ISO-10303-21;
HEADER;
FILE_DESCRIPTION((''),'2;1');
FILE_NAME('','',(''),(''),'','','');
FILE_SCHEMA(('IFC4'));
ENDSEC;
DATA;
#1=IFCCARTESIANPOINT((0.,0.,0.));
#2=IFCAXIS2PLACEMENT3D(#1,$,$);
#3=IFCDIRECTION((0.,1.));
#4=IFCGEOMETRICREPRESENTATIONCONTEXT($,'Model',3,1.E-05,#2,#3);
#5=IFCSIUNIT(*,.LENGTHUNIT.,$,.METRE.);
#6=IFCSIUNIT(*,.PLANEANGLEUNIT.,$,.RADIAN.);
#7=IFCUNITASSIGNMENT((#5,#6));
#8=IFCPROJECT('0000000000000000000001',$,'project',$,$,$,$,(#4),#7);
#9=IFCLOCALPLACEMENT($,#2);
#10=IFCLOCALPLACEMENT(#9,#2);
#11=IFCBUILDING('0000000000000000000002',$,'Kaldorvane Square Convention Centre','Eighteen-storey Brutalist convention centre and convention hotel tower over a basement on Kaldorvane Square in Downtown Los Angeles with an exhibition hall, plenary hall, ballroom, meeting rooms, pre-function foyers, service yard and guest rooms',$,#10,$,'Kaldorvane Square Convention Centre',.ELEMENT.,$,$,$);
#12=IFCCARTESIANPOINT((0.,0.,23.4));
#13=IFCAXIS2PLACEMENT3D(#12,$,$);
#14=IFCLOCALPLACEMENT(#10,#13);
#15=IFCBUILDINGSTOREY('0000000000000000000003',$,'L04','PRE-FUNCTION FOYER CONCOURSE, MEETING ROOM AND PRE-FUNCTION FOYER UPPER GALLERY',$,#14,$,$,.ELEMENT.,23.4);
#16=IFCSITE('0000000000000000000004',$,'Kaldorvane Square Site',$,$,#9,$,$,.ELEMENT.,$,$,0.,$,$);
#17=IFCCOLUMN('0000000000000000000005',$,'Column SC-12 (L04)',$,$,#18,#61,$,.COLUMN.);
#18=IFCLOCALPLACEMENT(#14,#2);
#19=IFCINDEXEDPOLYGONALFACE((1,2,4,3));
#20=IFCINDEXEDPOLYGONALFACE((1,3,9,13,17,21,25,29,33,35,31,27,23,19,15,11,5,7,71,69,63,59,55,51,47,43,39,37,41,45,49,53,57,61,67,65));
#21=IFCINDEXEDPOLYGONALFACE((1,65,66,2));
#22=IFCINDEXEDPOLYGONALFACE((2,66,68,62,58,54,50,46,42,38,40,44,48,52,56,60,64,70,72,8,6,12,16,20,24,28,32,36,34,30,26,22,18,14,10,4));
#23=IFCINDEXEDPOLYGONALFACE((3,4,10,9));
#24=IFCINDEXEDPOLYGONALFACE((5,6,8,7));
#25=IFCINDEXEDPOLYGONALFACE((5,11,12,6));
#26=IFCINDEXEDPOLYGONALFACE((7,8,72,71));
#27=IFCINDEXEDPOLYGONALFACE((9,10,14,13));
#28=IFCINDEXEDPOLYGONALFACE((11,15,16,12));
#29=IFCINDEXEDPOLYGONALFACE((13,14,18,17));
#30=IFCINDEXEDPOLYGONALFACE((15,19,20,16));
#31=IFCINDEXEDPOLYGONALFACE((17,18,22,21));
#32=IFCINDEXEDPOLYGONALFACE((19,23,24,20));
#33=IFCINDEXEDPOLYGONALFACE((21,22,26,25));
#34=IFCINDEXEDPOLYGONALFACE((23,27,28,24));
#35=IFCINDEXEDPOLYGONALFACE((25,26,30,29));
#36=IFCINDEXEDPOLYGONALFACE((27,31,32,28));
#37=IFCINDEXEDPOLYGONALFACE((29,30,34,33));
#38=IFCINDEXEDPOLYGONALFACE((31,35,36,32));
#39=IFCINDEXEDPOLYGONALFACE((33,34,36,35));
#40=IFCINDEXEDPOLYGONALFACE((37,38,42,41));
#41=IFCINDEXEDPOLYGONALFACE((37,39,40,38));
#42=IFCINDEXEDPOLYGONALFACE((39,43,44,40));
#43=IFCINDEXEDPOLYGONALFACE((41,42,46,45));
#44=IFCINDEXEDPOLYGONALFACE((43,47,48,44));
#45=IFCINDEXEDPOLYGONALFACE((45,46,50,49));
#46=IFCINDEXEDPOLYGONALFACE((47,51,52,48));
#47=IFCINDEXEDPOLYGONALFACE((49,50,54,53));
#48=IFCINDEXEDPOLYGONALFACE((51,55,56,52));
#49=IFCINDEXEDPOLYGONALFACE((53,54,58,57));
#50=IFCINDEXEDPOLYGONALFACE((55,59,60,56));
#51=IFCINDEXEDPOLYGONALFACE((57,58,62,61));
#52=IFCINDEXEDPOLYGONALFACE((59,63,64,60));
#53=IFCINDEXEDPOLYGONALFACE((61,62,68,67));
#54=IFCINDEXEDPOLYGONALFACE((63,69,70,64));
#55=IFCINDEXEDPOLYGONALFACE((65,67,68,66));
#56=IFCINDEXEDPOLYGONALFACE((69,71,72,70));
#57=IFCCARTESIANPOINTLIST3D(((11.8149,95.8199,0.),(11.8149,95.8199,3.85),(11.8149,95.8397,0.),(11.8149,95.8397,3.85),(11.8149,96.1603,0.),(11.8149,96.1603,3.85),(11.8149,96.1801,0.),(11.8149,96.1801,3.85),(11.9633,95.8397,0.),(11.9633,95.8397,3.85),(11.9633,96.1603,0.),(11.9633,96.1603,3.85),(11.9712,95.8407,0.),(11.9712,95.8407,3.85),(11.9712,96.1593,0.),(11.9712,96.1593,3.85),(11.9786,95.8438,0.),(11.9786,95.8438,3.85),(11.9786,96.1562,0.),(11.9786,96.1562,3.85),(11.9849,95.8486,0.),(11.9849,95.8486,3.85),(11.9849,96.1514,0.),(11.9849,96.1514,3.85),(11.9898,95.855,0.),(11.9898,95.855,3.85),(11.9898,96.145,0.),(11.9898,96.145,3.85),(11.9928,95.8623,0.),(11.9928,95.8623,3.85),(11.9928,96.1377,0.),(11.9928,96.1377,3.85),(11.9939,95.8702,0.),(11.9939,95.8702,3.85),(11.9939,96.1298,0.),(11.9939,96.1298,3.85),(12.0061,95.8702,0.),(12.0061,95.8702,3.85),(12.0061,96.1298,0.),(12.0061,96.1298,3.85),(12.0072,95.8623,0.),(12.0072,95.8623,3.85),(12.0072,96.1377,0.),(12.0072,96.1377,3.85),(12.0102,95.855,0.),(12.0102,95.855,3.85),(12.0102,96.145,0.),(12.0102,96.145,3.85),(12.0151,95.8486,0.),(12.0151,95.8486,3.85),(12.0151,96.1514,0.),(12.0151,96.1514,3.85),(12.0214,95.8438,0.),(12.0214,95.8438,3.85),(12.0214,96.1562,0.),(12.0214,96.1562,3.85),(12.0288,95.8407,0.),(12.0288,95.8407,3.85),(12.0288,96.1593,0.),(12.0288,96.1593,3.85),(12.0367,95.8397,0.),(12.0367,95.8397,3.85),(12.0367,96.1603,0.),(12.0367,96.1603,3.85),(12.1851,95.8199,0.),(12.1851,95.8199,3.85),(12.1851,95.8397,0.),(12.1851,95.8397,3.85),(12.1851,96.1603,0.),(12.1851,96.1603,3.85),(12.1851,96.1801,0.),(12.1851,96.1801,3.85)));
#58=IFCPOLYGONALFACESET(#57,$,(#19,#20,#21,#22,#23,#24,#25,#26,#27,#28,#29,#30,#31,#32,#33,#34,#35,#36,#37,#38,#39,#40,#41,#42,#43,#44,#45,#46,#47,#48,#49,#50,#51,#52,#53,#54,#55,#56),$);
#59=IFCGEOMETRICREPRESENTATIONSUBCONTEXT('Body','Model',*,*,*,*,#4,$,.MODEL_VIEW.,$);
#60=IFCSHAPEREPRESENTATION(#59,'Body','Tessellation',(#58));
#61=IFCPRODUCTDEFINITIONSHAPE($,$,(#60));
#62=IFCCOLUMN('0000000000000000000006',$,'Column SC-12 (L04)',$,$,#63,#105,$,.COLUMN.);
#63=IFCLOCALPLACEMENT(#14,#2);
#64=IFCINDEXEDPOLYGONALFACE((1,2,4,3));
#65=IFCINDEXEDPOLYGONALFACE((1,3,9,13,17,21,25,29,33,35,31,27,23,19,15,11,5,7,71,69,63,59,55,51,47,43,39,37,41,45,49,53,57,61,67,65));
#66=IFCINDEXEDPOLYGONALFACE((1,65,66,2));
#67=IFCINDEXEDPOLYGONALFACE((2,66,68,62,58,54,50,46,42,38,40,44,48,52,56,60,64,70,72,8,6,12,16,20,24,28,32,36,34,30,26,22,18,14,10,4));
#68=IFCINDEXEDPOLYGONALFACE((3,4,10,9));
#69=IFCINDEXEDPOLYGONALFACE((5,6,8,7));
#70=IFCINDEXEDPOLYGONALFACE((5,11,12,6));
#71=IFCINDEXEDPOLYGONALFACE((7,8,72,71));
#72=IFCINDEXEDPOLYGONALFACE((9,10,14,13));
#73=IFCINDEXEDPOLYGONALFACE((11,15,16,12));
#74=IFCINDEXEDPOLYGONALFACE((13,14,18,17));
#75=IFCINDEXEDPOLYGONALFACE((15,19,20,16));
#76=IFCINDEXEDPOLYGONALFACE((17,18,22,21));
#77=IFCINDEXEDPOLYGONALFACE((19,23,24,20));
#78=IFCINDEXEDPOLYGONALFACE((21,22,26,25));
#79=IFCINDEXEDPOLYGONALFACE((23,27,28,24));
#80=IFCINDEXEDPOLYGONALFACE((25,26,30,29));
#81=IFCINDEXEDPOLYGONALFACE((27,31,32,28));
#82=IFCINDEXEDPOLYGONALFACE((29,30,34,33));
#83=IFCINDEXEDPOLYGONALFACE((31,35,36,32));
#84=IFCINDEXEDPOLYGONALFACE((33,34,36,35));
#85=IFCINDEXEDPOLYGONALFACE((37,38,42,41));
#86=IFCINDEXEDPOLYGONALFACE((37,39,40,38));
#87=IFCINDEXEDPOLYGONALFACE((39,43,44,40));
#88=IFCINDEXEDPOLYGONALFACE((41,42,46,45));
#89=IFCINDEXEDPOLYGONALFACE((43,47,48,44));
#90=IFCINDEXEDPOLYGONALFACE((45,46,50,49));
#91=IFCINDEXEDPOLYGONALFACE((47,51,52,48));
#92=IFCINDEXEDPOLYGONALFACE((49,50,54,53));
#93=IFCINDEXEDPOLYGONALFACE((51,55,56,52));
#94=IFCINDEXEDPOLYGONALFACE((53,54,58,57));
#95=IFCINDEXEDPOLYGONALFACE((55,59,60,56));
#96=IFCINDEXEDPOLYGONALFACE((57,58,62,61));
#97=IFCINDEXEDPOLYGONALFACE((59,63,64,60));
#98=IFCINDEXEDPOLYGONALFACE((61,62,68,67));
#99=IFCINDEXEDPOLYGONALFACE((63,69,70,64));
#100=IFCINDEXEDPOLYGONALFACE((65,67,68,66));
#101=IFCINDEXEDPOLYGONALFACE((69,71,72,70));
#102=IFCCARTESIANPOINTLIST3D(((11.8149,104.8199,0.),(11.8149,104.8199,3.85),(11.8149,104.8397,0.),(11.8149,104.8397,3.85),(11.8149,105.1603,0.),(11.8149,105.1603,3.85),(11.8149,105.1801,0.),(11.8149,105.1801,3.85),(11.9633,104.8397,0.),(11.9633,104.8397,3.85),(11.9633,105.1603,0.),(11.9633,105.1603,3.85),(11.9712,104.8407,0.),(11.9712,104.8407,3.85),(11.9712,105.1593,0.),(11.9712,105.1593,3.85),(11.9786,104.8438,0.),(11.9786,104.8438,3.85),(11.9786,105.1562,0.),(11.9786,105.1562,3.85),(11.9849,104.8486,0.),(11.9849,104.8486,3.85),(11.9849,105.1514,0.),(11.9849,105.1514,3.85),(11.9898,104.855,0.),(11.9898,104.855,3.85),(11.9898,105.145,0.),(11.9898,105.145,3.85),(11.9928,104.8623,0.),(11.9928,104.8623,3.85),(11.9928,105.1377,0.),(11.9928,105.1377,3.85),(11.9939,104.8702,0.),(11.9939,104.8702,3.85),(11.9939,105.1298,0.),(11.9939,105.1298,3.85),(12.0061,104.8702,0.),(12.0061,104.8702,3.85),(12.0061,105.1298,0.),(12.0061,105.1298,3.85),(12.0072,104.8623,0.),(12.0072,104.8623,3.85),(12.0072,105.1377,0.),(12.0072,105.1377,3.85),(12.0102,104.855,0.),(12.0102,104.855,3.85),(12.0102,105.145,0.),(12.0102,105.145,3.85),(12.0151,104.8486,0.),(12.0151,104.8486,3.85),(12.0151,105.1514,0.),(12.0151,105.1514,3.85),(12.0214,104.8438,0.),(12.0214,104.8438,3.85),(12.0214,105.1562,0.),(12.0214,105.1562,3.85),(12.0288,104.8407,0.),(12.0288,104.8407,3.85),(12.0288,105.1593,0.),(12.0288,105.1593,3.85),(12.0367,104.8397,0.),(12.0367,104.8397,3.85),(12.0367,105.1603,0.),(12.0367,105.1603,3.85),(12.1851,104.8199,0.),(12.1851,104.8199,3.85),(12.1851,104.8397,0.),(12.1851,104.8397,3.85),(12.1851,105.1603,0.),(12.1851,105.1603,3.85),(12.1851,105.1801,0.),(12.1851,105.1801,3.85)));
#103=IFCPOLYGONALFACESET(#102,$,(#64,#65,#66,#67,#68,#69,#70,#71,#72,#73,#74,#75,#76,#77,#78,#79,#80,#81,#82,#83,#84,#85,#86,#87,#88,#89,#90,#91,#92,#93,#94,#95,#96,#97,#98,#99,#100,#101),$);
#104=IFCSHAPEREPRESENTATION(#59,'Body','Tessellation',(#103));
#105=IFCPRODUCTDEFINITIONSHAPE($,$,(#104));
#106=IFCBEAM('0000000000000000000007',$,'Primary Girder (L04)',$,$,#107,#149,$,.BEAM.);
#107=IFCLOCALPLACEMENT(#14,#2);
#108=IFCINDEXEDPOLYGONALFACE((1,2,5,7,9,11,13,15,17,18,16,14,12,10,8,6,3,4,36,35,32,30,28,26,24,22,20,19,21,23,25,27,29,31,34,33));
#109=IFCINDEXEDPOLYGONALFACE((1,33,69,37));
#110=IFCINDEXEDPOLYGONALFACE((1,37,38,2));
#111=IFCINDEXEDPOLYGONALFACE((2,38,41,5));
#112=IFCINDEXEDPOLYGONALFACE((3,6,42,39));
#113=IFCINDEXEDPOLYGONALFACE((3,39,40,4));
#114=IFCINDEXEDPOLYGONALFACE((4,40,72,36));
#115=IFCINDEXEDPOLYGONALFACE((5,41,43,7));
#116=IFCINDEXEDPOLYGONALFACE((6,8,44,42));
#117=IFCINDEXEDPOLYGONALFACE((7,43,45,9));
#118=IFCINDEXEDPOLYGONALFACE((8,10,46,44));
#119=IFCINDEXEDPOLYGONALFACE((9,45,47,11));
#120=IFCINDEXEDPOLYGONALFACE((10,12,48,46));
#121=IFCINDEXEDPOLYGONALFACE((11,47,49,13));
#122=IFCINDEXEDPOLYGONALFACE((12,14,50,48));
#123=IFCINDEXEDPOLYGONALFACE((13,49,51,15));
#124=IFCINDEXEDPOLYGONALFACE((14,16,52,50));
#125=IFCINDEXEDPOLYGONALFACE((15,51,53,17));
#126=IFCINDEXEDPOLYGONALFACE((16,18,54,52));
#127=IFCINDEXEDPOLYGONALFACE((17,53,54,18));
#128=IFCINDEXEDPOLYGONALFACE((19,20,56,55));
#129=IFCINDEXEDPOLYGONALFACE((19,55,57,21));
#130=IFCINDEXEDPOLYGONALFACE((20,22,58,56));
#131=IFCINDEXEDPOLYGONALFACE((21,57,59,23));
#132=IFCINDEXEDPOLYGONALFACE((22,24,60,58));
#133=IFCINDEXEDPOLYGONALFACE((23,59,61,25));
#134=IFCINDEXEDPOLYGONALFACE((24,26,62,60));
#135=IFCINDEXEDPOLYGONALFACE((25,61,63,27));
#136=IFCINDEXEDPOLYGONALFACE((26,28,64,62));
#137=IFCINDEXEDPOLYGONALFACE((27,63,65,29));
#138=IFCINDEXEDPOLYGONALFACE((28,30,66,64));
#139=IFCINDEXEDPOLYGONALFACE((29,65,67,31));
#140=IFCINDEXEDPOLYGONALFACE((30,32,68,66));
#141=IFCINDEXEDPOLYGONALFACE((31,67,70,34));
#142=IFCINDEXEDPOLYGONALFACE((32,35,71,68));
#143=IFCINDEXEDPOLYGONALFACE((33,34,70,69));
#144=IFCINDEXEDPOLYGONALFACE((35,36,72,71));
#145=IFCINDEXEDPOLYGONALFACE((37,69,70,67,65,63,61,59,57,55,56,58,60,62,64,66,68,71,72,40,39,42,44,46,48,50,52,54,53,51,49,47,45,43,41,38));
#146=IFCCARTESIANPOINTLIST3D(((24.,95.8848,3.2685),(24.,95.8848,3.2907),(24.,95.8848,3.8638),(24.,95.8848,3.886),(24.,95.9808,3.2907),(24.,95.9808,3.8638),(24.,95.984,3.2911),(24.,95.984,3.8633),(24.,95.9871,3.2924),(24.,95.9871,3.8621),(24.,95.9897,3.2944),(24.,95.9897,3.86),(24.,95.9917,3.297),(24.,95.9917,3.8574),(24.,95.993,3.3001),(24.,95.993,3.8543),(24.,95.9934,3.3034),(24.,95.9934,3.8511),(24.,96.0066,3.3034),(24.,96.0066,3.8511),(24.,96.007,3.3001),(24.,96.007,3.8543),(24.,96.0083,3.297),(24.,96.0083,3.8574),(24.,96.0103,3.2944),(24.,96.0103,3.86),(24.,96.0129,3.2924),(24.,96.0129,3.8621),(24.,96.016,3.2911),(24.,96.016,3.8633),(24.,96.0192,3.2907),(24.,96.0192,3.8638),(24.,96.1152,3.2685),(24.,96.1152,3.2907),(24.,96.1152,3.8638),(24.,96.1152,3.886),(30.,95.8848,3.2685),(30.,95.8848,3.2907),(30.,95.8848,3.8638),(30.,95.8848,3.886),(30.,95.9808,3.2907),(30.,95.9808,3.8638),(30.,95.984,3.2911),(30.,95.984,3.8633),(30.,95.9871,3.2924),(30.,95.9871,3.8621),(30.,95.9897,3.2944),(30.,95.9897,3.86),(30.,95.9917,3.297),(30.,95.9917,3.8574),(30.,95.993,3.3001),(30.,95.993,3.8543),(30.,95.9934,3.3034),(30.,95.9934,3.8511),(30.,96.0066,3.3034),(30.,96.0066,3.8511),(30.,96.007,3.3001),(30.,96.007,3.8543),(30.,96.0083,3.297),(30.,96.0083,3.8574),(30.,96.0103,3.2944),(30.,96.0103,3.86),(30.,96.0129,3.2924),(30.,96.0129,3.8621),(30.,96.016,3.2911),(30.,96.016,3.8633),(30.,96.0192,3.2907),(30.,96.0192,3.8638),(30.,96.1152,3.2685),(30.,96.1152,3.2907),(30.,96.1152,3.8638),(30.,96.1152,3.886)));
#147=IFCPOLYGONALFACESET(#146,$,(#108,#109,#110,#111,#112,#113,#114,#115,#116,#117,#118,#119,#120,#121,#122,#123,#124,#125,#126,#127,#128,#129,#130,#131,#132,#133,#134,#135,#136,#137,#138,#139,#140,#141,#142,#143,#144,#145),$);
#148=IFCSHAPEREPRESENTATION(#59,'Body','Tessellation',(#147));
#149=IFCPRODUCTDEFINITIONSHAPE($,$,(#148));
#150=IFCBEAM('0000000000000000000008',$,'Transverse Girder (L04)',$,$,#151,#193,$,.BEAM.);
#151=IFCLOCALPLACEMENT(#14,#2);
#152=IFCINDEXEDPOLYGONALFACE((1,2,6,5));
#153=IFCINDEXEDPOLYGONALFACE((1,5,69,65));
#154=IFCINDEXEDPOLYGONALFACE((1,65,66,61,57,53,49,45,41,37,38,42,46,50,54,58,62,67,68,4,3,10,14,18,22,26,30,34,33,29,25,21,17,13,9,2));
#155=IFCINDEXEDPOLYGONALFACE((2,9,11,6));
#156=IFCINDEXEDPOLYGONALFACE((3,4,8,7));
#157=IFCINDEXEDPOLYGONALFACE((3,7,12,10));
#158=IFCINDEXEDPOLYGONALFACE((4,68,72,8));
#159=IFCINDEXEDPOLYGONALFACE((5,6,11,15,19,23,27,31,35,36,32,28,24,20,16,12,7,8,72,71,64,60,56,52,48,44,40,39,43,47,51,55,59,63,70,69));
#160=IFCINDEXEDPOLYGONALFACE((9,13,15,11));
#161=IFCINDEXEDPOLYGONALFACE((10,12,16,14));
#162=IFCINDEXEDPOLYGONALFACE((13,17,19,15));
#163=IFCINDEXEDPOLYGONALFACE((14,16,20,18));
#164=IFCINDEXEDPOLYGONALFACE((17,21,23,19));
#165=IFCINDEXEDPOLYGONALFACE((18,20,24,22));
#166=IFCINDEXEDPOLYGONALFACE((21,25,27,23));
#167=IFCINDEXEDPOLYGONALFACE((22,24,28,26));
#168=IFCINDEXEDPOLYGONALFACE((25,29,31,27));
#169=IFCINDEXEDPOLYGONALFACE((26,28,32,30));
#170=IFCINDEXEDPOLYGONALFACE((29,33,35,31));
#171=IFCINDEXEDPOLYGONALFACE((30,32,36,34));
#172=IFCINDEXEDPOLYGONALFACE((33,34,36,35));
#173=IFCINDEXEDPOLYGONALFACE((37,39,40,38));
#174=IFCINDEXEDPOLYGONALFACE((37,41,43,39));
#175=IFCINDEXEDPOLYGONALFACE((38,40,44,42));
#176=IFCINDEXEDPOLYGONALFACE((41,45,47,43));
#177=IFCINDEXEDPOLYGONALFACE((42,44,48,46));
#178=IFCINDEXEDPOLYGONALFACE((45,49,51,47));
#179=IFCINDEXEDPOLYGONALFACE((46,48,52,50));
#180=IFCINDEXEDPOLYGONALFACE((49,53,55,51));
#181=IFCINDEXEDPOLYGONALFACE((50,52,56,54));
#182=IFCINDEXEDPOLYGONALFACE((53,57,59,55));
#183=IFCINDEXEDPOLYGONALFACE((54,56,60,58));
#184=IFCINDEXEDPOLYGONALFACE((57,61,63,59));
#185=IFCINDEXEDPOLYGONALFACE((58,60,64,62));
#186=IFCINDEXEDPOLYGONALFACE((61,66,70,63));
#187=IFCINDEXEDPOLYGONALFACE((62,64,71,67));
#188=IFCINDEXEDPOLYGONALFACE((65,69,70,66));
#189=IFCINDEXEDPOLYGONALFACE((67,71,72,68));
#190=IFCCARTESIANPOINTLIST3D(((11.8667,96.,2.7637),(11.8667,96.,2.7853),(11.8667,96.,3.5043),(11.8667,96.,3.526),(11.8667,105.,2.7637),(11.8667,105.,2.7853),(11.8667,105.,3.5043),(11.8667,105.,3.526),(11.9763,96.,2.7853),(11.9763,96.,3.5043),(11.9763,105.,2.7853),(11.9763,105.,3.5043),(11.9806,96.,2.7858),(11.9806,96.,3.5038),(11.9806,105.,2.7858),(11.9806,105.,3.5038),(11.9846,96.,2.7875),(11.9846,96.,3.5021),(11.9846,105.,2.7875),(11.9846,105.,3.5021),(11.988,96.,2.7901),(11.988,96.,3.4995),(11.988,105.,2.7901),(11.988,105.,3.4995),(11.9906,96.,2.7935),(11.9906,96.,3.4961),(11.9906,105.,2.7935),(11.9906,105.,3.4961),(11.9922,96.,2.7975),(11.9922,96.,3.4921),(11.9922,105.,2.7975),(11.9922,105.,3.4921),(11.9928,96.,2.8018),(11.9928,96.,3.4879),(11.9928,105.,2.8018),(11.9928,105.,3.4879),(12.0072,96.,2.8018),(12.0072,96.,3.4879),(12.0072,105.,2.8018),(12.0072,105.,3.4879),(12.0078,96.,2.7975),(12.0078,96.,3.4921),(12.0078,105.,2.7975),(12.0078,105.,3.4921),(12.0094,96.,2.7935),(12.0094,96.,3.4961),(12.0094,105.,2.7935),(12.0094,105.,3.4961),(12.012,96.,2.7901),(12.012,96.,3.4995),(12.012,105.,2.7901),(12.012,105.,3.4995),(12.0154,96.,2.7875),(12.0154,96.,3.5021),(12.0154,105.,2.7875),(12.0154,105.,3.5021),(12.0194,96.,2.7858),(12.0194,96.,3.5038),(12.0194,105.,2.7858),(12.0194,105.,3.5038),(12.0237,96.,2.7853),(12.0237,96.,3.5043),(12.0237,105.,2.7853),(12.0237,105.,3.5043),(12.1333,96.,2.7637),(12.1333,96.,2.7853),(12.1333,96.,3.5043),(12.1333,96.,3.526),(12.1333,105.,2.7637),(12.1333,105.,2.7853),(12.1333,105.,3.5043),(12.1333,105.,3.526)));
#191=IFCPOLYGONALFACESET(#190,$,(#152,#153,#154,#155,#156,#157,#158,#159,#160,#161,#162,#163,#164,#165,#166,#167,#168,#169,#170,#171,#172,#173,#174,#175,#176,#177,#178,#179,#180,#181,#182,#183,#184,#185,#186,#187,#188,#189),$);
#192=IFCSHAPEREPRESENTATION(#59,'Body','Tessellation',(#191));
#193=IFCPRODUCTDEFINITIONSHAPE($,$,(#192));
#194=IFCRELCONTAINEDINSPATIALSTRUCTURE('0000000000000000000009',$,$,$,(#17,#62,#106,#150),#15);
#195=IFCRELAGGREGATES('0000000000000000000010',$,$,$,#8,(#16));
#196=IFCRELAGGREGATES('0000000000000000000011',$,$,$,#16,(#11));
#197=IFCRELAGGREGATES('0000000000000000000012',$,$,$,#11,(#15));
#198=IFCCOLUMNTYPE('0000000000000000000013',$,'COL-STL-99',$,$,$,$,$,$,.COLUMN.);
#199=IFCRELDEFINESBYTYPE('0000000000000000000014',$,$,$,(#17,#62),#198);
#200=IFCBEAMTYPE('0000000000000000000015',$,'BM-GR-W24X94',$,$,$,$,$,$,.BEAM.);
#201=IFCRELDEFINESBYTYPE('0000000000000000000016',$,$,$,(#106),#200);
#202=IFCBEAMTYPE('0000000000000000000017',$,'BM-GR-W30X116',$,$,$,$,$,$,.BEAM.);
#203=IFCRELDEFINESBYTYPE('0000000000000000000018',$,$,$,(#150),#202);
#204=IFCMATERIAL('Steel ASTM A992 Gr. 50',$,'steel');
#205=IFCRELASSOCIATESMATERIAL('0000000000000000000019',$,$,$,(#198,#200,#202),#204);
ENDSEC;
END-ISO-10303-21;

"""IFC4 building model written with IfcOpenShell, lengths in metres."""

from ifc_helpers import new_model, si_unit, direction, frame, origin, origin_2d, place, context, subcontext, project, spatial, i_section, extrude, material, material_profile, profile_set, type_object, element, save


model = new_model("IFC4")

# Units and contexts
model_context = context("Model", 3, precision=1e-05, world=origin(), true_north=direction((0.0, 1.0)))
body_context = subcontext(model_context, "Body", "Model", "MODEL_VIEW")
ifc_project = project(units=[si_unit("LENGTHUNIT", "METRE"), si_unit("PLANEANGLEUNIT", "RADIAN")], contexts=[model_context])

# Site, building, storey
site_placement = place(None, origin())
site = spatial("IfcSite", under=ifc_project, at=site_placement, Name="Kaldorvane Square Site", CompositionType="ELEMENT", RefElevation=0.0)
building_placement = place(site_placement, origin())
building = spatial("IfcBuilding", under=site, at=building_placement, Name="Kaldorvane Square Convention Centre", Description="Eighteen-storey Brutalist convention centre and convention hotel tower over a basement on Kaldorvane Square in Downtown Los Angeles with an exhibition hall, plenary hall, ballroom, meeting rooms, pre-function foyers, service yard and guest rooms", LongName="Kaldorvane Square Convention Centre", CompositionType="ELEMENT")
storey_placement = place(building_placement, frame((0.0, 0.0, 23.4)))
storey = spatial("IfcBuildingStorey", under=building, at=storey_placement, Name="L04", Description="PRE-FUNCTION FOYER CONCOURSE, MEETING ROOM AND PRE-FUNCTION FOYER UPPER GALLERY", CompositionType="ELEMENT", Elevation=23.4)

# Columns
ifc_material_1 = material(Name="Steel ASTM A992 Gr. 50", Category="steel")
ifc_material_profile_1 = material_profile(ifc_material_1, i_section(OverallWidth=0.3701, OverallDepth=0.3602, WebThickness=0.0123, FlangeThickness=0.0198, FilletRadius=0.0305, at=origin_2d()), Name="W14X99")
ifc_profile_set_1 = profile_set([ifc_material_profile_1], Name="Steel ASTM A992 Gr. 50")
column_type_1 = type_object("IfcColumnType", Name="COL-STL-99", PredefinedType="COLUMN", material=ifc_profile_set_1)
for number, where, z_axis, x_axis, name in (
    (1, (12.0, 96.0, 0.0), (0.0, 0.0, 1.0), (1.0, 0.0, 0.0), "Column SC-12 (L04)"),
    (2, (12.0, 105.0, 0.0), (0.0, 0.0, 1.0), (1.0, 0.0, 0.0), "Column SC-12 (L04)"),
):
    element("IfcColumn", number, at=place(storey_placement, frame(where, z_axis=z_axis, x_axis=x_axis)), inside=storey, type_object=column_type_1, Name=name, PredefinedType="COLUMN", context=body_context, shape_type="SweptSolid", body=[
        extrude(i_section(OverallWidth=0.3701, OverallDepth=0.3602, WebThickness=0.0123, FlangeThickness=0.0198, FilletRadius=0.0305, at=origin_2d()), origin(), (0.0, 0.0, 1.0), 3.85),
    ])

# Beams
ifc_material_profile_2 = material_profile(ifc_material_1, i_section(OverallWidth=0.2303, OverallDepth=0.6175, WebThickness=0.0131, FlangeThickness=0.0222, FilletRadius=0.0127, at=origin_2d()), Name="W24X94")
ifc_profile_set_2 = profile_set([ifc_material_profile_2], Name="Steel ASTM A992 Gr. 50")
beam_type_1 = type_object("IfcBeamType", Name="BM-GR-W24X94", PredefinedType="BEAM", material=ifc_profile_set_2)
beam_1_placement = place(storey_placement, frame((24.0, 96.0, 3.5772), z_axis=(1.0, 0.0, 0.0), x_axis=(0.0, 1.0, 0.0)))
element("IfcBeam", 3, at=beam_1_placement, inside=storey, type_object=beam_type_1, Name="Primary Girder (L04)", PredefinedType="BEAM", context=body_context, shape_type="SweptSolid", body=[
    extrude(i_section(OverallWidth=0.2303, OverallDepth=0.6175, WebThickness=0.0131, FlangeThickness=0.0222, FilletRadius=0.0127, at=origin_2d()), origin(), (0.0, 0.0, 1.0), 6.0),
])
ifc_material_profile_3 = material_profile(ifc_material_1, i_section(OverallWidth=0.2666, OverallDepth=0.7623, WebThickness=0.0144, FlangeThickness=0.0216, FilletRadius=0.0165, at=origin_2d()), Name="W30X116")
ifc_profile_set_3 = profile_set([ifc_material_profile_3], Name="Steel ASTM A992 Gr. 50")
beam_type_2 = type_object("IfcBeamType", Name="BM-GR-W30X116", PredefinedType="BEAM", material=ifc_profile_set_3)
for number, where, z_axis, x_axis, name in (
    (4, (12.0, 96.0, 3.1448), (0.0, 1.0, 0.0), (-1.0, 0.0, 0.0), "Transverse Girder (L04)"),
):
    element("IfcBeam", number, at=place(storey_placement, frame(where, z_axis=z_axis, x_axis=x_axis)), inside=storey, type_object=beam_type_2, Name=name, PredefinedType="BEAM", context=body_context, shape_type="SweptSolid", body=[
        extrude(i_section(OverallWidth=0.2666, OverallDepth=0.7623, WebThickness=0.0144, FlangeThickness=0.0216, FilletRadius=0.0165, at=origin_2d()), origin(), (0.0, 0.0, 1.0), 9.0),
    ])

save(model, "model.ifc")
